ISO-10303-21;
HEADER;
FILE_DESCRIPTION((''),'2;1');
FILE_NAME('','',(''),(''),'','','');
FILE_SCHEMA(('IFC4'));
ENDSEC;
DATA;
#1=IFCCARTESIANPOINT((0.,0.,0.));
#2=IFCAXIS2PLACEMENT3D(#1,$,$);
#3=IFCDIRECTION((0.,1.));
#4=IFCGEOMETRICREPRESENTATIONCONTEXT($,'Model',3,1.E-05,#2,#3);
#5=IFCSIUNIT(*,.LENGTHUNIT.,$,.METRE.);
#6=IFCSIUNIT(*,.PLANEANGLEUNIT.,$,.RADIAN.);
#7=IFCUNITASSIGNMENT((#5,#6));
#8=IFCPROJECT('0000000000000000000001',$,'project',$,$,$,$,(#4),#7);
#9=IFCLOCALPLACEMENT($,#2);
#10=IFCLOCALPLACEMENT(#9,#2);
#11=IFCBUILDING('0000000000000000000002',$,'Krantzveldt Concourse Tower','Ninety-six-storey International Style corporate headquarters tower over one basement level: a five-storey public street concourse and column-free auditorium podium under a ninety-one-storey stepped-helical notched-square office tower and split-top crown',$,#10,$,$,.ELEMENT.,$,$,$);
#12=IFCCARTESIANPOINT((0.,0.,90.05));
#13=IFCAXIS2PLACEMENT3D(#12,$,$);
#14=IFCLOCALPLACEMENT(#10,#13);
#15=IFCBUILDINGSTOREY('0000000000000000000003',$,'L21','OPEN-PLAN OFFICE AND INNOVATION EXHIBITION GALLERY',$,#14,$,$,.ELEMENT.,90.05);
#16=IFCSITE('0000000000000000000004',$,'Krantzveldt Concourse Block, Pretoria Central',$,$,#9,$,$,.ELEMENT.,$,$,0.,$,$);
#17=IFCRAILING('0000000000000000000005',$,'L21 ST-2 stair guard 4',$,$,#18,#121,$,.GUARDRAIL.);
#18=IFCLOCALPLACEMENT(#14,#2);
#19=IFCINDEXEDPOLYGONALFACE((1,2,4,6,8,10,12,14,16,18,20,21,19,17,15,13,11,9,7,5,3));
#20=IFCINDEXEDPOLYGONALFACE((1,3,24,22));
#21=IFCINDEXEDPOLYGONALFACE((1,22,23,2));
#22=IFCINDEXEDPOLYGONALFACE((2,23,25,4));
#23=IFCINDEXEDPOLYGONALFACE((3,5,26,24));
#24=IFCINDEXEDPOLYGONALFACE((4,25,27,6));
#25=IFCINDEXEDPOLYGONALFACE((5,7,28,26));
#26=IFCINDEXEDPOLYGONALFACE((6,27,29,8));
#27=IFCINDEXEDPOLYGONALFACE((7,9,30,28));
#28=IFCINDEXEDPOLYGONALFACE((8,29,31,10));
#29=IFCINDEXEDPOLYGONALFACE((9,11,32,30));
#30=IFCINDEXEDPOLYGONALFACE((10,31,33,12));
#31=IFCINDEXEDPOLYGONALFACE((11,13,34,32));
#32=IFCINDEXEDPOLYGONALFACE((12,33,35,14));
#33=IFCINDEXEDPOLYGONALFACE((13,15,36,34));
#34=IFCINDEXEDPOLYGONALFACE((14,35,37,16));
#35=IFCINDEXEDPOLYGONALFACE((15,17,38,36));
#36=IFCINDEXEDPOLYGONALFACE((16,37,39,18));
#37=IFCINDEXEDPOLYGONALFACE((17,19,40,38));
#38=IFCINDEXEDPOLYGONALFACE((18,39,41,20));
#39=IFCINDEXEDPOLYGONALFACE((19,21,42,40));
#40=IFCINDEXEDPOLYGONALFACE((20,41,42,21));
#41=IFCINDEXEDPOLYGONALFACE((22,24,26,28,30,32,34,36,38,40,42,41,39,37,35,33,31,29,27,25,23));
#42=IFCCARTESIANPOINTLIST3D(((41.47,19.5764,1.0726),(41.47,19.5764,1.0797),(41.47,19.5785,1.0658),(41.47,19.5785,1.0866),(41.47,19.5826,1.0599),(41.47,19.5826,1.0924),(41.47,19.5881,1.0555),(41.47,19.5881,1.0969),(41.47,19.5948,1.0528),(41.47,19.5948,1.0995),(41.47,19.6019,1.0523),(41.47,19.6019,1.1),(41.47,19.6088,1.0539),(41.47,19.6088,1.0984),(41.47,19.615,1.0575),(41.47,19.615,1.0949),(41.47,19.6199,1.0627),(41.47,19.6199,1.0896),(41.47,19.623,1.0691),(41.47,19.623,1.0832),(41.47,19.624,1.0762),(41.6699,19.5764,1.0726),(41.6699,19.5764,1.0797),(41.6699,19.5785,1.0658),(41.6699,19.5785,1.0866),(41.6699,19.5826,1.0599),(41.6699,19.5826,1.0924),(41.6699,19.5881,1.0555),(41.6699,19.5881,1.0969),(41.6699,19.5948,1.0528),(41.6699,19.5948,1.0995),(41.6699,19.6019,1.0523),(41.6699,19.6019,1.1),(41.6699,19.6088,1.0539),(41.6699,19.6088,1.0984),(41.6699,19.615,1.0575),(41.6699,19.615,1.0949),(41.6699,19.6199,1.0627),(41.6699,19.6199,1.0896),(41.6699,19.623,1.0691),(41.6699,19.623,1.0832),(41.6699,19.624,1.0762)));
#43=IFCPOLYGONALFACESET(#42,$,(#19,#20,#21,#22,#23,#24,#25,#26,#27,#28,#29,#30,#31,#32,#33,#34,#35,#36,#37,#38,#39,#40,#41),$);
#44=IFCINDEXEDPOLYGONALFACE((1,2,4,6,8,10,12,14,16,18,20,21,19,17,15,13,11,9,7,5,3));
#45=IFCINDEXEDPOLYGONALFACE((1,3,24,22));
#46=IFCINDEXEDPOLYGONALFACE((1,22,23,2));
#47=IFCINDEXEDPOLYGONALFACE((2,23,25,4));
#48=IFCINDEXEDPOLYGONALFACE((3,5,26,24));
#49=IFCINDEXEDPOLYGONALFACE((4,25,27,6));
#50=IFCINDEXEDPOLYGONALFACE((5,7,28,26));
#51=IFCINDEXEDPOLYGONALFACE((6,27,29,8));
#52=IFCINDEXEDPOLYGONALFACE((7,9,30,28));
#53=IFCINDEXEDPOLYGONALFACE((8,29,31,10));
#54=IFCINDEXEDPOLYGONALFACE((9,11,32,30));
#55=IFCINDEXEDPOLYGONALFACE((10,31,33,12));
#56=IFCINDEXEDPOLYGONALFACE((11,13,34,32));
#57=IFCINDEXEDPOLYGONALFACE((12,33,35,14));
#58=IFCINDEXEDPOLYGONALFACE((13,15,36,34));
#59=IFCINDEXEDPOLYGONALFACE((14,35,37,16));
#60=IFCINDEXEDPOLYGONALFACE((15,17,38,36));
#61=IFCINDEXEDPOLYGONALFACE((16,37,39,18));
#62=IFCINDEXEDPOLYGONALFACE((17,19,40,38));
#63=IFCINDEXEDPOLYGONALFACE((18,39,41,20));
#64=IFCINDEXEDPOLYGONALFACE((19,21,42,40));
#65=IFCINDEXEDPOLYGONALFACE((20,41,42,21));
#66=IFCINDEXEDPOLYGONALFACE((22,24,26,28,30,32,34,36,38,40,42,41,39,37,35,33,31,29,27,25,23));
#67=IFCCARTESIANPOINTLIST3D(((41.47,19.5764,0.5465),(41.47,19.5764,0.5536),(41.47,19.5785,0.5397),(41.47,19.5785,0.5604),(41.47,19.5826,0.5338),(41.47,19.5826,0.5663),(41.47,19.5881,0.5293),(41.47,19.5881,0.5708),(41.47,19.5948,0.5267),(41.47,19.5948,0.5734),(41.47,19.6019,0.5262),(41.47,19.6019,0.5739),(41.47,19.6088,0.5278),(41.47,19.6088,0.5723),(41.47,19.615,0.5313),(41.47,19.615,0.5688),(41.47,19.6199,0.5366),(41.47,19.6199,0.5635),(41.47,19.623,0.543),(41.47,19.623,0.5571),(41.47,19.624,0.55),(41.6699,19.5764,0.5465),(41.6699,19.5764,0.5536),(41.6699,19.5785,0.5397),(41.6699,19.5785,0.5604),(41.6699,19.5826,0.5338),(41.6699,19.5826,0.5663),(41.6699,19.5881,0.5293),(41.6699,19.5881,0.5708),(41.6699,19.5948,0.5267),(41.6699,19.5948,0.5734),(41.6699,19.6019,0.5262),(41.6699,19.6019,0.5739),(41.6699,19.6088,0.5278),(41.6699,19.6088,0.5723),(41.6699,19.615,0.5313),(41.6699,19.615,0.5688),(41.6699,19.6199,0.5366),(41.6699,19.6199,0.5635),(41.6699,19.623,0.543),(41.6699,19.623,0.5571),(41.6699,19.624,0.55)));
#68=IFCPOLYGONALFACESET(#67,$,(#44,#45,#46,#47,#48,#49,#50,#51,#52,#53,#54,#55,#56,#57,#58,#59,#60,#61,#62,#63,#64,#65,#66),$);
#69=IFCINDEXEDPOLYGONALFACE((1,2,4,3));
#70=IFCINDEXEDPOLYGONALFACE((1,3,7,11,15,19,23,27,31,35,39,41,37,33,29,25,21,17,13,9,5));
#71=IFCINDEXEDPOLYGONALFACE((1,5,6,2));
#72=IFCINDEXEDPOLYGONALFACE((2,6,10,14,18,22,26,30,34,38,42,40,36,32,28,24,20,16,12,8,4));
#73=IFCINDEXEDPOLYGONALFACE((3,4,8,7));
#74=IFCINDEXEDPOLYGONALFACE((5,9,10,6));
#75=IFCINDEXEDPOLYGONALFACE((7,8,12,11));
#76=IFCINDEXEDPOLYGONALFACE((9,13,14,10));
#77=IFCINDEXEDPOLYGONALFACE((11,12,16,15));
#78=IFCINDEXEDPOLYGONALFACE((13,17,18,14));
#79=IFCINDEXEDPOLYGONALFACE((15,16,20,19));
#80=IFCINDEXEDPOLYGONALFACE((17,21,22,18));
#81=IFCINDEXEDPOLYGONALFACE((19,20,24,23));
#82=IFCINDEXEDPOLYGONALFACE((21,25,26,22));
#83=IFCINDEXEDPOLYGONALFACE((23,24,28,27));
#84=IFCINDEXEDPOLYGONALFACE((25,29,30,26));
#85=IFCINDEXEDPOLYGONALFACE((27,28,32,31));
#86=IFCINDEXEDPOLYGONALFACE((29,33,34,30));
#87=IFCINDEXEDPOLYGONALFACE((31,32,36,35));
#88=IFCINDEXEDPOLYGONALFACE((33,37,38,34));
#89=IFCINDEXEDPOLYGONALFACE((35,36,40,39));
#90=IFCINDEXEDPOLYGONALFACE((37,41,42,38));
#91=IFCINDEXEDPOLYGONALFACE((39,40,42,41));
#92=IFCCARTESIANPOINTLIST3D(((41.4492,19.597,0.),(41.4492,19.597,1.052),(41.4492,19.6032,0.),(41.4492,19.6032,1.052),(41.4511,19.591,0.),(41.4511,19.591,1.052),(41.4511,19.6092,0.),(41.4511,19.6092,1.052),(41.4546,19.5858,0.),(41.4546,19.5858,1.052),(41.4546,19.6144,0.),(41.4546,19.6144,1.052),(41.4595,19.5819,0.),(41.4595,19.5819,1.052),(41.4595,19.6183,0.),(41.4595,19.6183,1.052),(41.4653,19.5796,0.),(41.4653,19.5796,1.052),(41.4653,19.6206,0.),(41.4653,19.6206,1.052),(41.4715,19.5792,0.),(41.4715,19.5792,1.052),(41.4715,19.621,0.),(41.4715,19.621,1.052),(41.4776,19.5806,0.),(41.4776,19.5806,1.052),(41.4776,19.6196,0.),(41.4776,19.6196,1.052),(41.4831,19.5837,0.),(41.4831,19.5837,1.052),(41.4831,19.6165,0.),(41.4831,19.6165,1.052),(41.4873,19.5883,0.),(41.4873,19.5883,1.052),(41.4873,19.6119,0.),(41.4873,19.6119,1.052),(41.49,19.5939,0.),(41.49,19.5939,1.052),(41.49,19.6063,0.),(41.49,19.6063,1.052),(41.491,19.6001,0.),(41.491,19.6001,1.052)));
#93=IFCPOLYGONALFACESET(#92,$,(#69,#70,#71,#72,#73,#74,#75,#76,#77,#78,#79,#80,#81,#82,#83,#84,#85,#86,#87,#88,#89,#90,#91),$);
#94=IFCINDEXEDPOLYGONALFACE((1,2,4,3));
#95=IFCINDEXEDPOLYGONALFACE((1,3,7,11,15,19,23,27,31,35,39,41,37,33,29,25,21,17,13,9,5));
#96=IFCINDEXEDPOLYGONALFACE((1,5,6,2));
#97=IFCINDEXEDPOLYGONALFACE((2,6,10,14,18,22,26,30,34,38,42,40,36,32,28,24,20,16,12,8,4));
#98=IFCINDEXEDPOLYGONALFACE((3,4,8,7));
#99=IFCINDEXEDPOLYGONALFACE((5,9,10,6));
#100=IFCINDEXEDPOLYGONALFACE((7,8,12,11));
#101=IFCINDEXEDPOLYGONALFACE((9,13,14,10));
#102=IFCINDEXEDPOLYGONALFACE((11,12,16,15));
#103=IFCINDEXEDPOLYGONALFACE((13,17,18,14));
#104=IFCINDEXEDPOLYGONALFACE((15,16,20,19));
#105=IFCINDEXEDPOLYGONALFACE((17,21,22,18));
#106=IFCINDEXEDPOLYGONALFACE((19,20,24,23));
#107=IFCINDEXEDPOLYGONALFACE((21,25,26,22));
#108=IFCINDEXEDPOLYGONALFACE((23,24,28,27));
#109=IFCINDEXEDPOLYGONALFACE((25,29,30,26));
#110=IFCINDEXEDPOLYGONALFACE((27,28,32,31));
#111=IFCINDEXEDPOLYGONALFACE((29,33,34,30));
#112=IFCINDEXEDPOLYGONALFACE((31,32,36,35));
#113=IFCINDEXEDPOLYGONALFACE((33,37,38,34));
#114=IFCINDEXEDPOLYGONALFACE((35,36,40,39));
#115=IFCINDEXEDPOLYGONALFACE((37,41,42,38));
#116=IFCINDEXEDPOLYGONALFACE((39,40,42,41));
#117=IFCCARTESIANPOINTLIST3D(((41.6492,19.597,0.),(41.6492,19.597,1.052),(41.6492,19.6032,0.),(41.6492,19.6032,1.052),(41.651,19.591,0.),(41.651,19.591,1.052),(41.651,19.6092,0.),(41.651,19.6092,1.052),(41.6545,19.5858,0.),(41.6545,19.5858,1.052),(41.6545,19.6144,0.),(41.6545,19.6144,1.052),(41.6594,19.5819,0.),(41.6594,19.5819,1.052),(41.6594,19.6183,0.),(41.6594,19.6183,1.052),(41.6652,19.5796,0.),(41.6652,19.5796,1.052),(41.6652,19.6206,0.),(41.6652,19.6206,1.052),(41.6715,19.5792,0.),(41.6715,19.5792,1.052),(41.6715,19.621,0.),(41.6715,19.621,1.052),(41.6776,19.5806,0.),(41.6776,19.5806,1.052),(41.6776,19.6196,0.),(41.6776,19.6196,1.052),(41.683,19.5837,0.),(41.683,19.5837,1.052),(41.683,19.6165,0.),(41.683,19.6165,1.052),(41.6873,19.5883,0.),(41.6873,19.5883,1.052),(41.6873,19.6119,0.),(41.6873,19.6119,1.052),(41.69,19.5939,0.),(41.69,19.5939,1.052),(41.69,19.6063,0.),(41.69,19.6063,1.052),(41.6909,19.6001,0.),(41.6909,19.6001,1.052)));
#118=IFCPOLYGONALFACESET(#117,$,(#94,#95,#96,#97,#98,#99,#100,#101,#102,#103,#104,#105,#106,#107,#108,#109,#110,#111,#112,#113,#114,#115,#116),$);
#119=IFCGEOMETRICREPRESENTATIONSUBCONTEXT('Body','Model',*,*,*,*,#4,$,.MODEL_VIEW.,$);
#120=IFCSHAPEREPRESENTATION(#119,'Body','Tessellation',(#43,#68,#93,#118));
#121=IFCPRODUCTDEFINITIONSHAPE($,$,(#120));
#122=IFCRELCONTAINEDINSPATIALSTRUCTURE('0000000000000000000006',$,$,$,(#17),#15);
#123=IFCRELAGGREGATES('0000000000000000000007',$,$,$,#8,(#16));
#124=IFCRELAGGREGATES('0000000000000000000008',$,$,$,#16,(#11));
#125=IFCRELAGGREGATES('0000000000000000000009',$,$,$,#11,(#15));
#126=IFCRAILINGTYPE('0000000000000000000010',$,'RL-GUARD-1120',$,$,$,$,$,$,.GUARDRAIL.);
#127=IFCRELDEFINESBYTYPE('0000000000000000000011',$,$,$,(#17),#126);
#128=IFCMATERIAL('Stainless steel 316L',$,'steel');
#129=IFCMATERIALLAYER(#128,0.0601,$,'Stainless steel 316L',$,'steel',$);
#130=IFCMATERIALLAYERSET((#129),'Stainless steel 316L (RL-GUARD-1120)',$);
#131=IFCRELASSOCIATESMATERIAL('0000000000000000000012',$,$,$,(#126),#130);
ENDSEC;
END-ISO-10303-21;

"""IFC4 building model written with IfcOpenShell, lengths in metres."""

from ifc_helpers import new_model, si_unit, direction, frame, origin, origin_2d, place, context, subcontext, project, spatial, circle, extrude, material, layer, layer_set, type_object, element, save


model = new_model("IFC4")

# Units and contexts
model_context = context("Model", 3, precision=1e-05, world=origin(), true_north=direction((0.0, 1.0)))
body_context = subcontext(model_context, "Body", "Model", "MODEL_VIEW")
ifc_project = project(units=[si_unit("LENGTHUNIT", "METRE"), si_unit("PLANEANGLEUNIT", "RADIAN")], contexts=[model_context])

# Site, building, storey
site_placement = place(None, origin())
site = spatial("IfcSite", under=ifc_project, at=site_placement, Name="Krantzveldt Concourse Block, Pretoria Central", CompositionType="ELEMENT", RefElevation=0.0)
building_placement = place(site_placement, origin())
building = spatial("IfcBuilding", under=site, at=building_placement, Name="Krantzveldt Concourse Tower", Description="Ninety-six-storey International Style corporate headquarters tower over one basement level: a five-storey public street concourse and column-free auditorium podium under a ninety-one-storey stepped-helical notched-square office tower and split-top crown", CompositionType="ELEMENT")
storey_placement = place(building_placement, frame((0.0, 0.0, 90.05)))
storey = spatial("IfcBuildingStorey", under=building, at=storey_placement, Name="L21", Description="OPEN-PLAN OFFICE AND INNOVATION EXHIBITION GALLERY", CompositionType="ELEMENT", Elevation=90.05)

# Shared definitions
ifc_material_1 = material(Name="Stainless steel 316L", Category="steel")

# Railing
ifc_layer_1 = layer(ifc_material_1, 0.0601, Name="Stainless steel 316L", Category="steel")
ifc_layer_set_1 = layer_set([ifc_layer_1], Name="Stainless steel 316L (RL-GUARD-1120)")
railing_type_1 = type_object("IfcRailingType", Name="RL-GUARD-1120", PredefinedType="GUARDRAIL", material=ifc_layer_set_1)
railing_1_placement = place(storey_placement, frame((41.47, 19.6001, 0.0)))
element("IfcRailing", 1, at=railing_1_placement, inside=storey, type_object=railing_type_1, Name="L21 ST-2 stair guard 4", PredefinedType="GUARDRAIL", context=body_context, shape_type="SweptSolid", body=[
    extrude(circle(Radius=0.0239, at=origin_2d()), frame((0.0, 0.0, 1.0762), z_axis=(1.0, 0.0, 0.0), x_axis=(0.0, 1.0, 0.0)), (0.0, 0.0, 1.0), 0.2),
    extrude(circle(Radius=0.0239, at=origin_2d()), frame((0.0, 0.0, 0.55), z_axis=(1.0, 0.0, 0.0), x_axis=(0.0, 1.0, 0.0)), (0.0, 0.0, 1.0), 0.2),
    extrude(circle(Radius=0.021, at=origin_2d()), origin(), (0.0, 0.0, 1.0), 1.052),
    extrude(circle(Radius=0.021, at=origin_2d()), frame((0.2, 0.0, 0.0)), (0.0, 0.0, 1.0), 1.052),
])

save(model, "model.ifc")
